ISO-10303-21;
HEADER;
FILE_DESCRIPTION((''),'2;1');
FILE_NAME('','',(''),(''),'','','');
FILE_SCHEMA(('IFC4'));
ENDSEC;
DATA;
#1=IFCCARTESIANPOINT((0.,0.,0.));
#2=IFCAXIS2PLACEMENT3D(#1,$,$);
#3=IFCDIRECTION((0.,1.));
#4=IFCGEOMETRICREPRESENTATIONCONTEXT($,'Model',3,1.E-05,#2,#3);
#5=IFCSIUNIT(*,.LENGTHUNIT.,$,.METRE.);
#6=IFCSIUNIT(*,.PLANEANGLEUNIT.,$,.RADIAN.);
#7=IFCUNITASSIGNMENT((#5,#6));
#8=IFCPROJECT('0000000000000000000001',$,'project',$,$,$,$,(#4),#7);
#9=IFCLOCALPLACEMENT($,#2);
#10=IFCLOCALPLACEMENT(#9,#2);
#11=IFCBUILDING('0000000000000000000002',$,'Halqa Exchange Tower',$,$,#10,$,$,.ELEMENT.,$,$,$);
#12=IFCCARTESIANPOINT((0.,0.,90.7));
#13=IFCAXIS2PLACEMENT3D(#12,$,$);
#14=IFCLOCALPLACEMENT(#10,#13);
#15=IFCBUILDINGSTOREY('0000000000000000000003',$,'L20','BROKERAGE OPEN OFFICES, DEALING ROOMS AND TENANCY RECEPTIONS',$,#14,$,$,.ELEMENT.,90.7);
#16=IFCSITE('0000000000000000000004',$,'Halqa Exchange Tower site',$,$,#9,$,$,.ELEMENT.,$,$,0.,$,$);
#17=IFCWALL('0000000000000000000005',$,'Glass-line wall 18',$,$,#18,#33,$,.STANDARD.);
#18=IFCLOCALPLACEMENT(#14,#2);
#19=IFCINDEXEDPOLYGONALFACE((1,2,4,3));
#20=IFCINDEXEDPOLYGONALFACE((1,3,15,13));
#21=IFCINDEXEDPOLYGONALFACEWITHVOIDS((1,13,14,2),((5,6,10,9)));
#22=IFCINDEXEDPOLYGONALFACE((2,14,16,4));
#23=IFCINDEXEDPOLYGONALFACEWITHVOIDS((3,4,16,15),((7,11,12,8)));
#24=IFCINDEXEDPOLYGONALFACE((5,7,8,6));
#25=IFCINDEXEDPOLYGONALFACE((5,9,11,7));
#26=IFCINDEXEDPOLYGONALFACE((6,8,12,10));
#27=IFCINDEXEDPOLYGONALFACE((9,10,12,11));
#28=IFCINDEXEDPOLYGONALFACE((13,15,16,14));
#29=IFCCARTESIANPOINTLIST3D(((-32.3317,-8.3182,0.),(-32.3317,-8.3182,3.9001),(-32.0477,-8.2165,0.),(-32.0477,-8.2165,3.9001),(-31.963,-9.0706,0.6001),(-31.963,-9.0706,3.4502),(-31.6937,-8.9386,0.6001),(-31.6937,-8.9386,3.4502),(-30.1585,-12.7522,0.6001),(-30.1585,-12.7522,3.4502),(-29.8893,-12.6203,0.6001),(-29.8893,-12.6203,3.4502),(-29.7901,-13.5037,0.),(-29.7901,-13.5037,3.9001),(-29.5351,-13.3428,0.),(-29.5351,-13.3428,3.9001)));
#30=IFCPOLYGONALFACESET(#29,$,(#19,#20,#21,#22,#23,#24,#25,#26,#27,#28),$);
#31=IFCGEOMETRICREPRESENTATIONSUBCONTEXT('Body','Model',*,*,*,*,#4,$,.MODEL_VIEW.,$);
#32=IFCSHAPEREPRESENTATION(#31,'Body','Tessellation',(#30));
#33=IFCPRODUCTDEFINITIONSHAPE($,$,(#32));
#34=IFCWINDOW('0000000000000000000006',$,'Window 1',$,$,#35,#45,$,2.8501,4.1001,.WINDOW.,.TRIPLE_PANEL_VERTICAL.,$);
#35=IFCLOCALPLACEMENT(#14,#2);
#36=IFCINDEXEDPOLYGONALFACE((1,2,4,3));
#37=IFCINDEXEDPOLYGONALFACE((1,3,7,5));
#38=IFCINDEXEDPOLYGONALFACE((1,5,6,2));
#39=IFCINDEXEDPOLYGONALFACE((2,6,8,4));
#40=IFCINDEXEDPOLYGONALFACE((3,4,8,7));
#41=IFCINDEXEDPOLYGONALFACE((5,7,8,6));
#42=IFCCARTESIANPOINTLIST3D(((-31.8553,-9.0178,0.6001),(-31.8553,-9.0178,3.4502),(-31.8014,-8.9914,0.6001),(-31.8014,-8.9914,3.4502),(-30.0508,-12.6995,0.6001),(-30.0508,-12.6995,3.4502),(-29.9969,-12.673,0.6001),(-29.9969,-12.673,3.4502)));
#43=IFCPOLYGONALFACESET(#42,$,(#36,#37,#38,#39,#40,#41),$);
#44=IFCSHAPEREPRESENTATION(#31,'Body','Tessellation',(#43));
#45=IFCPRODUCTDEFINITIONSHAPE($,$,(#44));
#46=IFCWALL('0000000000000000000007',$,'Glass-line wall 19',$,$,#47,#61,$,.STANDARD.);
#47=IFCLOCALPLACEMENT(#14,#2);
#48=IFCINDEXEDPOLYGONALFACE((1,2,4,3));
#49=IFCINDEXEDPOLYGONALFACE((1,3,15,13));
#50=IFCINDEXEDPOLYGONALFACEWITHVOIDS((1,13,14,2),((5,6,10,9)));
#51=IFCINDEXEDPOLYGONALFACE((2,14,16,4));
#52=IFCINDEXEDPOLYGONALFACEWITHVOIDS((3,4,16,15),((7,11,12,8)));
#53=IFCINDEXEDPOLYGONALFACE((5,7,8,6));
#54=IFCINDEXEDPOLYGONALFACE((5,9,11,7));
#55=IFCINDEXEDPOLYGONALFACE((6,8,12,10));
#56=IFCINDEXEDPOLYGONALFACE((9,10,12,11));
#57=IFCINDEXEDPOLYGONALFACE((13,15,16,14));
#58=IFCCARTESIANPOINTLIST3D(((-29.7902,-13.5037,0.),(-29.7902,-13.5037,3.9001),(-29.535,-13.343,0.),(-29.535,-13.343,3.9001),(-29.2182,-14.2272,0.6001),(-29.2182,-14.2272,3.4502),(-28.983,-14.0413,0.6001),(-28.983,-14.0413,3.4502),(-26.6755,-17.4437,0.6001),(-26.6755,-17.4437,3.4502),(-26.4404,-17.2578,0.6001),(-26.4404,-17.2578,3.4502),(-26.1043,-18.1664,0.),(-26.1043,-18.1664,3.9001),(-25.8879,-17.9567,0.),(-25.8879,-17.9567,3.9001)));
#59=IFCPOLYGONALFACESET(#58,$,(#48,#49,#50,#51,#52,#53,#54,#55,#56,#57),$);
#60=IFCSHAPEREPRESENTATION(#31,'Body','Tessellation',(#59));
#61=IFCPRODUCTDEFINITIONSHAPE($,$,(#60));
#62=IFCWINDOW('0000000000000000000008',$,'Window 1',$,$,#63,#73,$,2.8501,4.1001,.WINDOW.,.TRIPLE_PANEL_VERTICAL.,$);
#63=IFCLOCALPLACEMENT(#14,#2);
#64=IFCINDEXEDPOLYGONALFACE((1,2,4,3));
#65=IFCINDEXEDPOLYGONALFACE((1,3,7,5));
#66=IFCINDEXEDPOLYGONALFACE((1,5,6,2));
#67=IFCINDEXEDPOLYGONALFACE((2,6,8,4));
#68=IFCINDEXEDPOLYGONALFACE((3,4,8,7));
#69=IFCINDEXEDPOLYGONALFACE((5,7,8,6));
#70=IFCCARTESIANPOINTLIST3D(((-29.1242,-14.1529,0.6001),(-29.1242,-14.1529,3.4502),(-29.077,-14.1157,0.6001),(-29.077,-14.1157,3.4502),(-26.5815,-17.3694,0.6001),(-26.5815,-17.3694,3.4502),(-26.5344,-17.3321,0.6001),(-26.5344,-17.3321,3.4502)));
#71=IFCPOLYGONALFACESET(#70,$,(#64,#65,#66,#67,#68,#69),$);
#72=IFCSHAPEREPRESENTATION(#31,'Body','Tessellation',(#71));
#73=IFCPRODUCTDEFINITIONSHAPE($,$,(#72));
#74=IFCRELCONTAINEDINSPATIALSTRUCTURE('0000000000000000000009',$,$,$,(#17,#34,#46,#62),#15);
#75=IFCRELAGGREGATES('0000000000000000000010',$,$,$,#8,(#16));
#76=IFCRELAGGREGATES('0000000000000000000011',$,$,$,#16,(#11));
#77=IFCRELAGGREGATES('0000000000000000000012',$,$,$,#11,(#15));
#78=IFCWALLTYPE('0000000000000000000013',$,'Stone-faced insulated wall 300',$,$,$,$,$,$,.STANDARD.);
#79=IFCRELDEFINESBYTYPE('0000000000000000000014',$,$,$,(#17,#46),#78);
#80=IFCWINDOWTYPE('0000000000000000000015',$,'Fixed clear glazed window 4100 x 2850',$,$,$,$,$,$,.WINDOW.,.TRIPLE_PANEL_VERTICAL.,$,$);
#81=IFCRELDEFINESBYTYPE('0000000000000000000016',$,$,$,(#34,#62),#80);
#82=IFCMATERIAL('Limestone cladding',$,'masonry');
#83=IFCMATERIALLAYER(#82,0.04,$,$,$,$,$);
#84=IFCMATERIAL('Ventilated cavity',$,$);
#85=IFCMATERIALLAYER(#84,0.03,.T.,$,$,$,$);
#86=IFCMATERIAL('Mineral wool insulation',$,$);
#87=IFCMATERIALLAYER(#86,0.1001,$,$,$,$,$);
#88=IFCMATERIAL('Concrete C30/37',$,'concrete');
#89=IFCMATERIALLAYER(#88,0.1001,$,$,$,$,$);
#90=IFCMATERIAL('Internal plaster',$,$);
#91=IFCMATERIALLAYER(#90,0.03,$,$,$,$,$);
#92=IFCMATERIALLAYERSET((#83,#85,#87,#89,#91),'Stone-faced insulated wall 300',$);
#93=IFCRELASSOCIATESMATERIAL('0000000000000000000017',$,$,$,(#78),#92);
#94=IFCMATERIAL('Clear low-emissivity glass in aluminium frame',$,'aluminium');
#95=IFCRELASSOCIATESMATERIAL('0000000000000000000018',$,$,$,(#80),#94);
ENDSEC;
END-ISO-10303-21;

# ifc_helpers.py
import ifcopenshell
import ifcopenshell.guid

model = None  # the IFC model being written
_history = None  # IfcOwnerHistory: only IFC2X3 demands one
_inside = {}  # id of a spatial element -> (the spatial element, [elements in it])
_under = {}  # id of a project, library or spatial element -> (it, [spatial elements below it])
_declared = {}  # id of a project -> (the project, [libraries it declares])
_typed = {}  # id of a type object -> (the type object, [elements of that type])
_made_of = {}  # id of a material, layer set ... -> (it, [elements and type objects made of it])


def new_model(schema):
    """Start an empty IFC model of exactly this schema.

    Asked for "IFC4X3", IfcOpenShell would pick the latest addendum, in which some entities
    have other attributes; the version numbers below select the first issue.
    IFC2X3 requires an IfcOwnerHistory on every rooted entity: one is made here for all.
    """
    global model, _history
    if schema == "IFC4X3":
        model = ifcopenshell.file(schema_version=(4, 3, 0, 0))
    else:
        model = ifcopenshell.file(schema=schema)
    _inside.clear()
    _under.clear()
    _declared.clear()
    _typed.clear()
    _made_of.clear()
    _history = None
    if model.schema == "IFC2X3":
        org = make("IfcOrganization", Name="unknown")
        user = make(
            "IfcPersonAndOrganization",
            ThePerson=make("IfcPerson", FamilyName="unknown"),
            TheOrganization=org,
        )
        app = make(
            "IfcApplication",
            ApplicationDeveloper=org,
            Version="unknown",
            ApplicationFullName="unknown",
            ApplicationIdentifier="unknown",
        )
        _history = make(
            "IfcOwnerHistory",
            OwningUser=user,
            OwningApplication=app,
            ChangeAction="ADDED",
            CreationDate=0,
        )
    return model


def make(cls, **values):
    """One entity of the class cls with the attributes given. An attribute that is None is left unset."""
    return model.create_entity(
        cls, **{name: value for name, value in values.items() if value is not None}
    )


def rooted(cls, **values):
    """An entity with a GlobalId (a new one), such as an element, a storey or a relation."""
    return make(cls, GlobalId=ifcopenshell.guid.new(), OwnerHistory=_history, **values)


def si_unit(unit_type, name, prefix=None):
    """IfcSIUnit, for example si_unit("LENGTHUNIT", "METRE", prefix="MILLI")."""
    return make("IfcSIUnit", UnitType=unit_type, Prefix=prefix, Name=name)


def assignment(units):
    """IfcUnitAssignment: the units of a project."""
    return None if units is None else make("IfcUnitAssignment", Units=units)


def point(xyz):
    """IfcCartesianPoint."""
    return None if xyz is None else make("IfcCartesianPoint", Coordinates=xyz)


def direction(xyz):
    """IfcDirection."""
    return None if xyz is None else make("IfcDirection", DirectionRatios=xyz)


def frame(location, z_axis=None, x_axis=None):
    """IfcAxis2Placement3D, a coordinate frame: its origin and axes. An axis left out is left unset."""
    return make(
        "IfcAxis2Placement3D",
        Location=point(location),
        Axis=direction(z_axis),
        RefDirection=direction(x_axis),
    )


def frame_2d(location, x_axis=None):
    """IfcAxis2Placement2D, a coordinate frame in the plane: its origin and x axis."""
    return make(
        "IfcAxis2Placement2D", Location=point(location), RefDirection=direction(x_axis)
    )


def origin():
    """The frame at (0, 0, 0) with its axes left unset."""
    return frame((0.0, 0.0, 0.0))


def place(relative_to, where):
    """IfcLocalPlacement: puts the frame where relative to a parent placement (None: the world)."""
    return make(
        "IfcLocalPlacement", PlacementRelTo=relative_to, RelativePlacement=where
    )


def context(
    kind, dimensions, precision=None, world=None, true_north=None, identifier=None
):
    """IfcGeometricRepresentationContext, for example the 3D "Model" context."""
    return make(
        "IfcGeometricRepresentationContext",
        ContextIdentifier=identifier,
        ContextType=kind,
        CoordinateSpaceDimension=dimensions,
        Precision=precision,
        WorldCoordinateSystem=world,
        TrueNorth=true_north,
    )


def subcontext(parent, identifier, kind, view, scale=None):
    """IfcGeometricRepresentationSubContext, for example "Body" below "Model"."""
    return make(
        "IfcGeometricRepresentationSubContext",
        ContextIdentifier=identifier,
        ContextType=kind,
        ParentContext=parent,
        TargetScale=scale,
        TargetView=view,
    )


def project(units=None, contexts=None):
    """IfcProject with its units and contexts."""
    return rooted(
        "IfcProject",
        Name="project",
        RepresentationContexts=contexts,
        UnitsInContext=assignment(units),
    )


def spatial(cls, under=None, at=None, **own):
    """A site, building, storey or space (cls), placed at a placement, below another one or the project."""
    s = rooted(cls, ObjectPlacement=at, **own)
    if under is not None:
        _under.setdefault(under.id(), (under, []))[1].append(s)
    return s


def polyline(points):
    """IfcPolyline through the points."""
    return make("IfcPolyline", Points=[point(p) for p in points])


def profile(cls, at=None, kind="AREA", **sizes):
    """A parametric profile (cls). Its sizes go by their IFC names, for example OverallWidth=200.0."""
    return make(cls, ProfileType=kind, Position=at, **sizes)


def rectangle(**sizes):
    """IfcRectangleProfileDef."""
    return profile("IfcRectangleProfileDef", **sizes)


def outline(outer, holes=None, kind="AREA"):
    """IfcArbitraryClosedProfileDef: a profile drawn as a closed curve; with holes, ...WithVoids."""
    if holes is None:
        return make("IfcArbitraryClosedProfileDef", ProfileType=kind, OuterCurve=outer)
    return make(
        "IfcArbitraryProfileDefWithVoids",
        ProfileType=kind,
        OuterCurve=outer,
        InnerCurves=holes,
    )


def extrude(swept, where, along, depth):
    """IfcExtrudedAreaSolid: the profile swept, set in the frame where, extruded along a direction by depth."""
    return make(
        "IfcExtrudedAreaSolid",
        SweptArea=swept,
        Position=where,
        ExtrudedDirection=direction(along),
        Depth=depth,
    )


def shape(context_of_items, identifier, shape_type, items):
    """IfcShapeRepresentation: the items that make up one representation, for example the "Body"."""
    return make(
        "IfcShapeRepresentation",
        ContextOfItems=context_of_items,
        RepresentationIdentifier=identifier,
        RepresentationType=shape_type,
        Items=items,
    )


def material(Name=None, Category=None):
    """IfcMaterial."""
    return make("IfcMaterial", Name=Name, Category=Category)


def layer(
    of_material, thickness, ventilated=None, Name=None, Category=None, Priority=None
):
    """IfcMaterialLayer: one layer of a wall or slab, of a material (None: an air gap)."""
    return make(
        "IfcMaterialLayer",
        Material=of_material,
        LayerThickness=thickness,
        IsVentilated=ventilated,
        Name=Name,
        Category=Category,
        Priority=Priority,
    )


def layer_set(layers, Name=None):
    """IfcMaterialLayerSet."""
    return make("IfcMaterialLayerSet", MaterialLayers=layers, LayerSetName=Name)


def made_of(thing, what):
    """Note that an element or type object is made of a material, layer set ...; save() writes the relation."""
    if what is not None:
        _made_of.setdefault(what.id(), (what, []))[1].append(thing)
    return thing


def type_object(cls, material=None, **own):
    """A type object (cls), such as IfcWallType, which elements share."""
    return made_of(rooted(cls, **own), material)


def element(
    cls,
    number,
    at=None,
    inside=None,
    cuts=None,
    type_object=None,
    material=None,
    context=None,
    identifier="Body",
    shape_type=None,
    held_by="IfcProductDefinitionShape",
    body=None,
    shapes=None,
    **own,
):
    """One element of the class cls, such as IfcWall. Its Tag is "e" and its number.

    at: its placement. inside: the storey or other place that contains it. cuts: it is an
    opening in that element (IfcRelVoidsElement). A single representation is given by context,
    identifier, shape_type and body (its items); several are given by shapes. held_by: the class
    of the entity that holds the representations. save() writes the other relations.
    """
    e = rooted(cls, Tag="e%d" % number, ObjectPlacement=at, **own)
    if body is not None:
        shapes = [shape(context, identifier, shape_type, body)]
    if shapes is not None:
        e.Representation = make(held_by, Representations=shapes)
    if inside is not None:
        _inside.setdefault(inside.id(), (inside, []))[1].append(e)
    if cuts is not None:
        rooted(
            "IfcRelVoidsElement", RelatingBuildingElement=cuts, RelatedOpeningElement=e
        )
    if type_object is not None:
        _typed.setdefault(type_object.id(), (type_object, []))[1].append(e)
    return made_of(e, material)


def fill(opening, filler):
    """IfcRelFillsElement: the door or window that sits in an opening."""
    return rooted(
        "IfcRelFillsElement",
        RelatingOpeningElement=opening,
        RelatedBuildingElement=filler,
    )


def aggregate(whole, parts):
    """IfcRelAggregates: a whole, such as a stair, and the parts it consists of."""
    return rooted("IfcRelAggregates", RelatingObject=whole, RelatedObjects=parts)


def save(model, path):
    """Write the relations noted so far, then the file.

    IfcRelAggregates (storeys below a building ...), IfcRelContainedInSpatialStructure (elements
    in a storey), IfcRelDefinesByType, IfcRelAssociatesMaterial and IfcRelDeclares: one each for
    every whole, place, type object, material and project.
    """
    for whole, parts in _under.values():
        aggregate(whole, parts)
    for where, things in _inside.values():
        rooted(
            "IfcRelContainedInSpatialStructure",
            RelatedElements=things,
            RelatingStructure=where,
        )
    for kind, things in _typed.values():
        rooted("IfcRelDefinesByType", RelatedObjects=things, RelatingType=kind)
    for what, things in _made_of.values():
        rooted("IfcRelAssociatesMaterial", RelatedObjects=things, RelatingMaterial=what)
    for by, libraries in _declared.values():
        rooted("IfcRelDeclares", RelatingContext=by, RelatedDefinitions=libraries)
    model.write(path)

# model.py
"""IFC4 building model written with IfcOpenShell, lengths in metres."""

from ifc_helpers import new_model, si_unit, direction, frame, frame_2d, origin, place, context, subcontext, project, spatial, polyline, rectangle, outline, extrude, material, layer, layer_set, type_object, element, fill, save


model = new_model("IFC4")

# Units and contexts
model_context = context("Model", 3, precision=1e-05, world=origin(), true_north=direction((0.0, 1.0)))
body_context = subcontext(model_context, "Body", "Model", "MODEL_VIEW")
ifc_project = project(units=[si_unit("LENGTHUNIT", "METRE"), si_unit("PLANEANGLEUNIT", "RADIAN")], contexts=[model_context])

# Site, building, storey
site_placement = place(None, origin())
site = spatial("IfcSite", under=ifc_project, at=site_placement, Name="Halqa Exchange Tower site", CompositionType="ELEMENT", RefElevation=0.0)
building_placement = place(site_placement, origin())
building = spatial("IfcBuilding", under=site, at=building_placement, Name="Halqa Exchange Tower", CompositionType="ELEMENT")
storey_placement = place(building_placement, frame((0.0, 0.0, 90.7)))
storey = spatial("IfcBuildingStorey", under=building, at=storey_placement, Name="L20", Description="BROKERAGE OPEN OFFICES, DEALING ROOMS AND TENANCY RECEPTIONS", CompositionType="ELEMENT", Elevation=90.7)

# Walls, openings, windows
ifc_material_1 = material(Name="Limestone cladding", Category="masonry")
ifc_layer_1 = layer(ifc_material_1, 0.04)
ifc_material_2 = material(Name="Ventilated cavity")
ifc_layer_2 = layer(ifc_material_2, 0.03, ventilated=True)
ifc_material_3 = material(Name="Mineral wool insulation")
ifc_layer_3 = layer(ifc_material_3, 0.1001)
ifc_material_4 = material(Name="Concrete C30/37", Category="concrete")
ifc_layer_4 = layer(ifc_material_4, 0.1001)
ifc_material_5 = material(Name="Internal plaster")
ifc_layer_5 = layer(ifc_material_5, 0.03)
ifc_layer_set_1 = layer_set([ifc_layer_1, ifc_layer_2, ifc_layer_3, ifc_layer_4, ifc_layer_5], Name="Stone-faced insulated wall 300")
wall_type_1 = type_object("IfcWallType", Name="Stone-faced insulated wall 300", PredefinedType="STANDARD", material=ifc_layer_set_1)
ifc_material_6 = material(Name="Clear low-emissivity glass in aluminium frame", Category="aluminium")
window_type = type_object("IfcWindowType", Name="Fixed clear glazed window 4100 x 2850", PartitioningType="TRIPLE_PANEL_VERTICAL", PredefinedType="WINDOW", material=ifc_material_6)
wall_1_placement = place(storey_placement, frame((-32.1897, -8.2673, 0.0), z_axis=(0.0, 0.0, 1.0), x_axis=(0.440107, -0.897945, 0.0)))
wall_1 = element("IfcWall", 1, at=wall_1_placement, inside=storey, type_object=wall_type_1, Name="Glass-line wall 18", PredefinedType="STANDARD", context=body_context, shape_type="SweptSolid", body=[
    extrude(outline(polyline([(-0.0168, -0.1499), (5.7581, -0.1499), (5.7258, 0.1499), (0.0168, 0.1499), (-0.0168, -0.1499)])), origin(), (0.0, 0.0, 1.0), 3.9001),
])
opening_1_placement = place(wall_1_placement, frame((0.821, 0.0, 0.6001)))
opening_1 = element("IfcOpeningElement", 2, at=opening_1_placement, cuts=wall_1, PredefinedType="OPENING", context=body_context, shape_type="SweptSolid", body=[
    extrude(rectangle(XDim=4.1001, YDim=2.8501, at=frame_2d((2.05, 1.425))), frame((0.0, 0.1621, 0.0), z_axis=(0.0, -1.0, 0.0), x_axis=(1.0, 0.0, 0.0)), (0.0, 0.0, 1.0), 0.324),
])
window_1_placement = place(opening_1_placement, origin())
window_1 = element("IfcWindow", 3, at=window_1_placement, inside=storey, type_object=window_type, Name="Window 1", OverallHeight=2.8501, OverallWidth=4.1001, PartitioningType="TRIPLE_PANEL_VERTICAL", PredefinedType="WINDOW", context=body_context, shape_type="SweptSolid", body=[
    extrude(rectangle(XDim=4.1001, YDim=2.8501, at=frame_2d((2.05, 1.425))), frame((0.0, 0.03, 0.0), z_axis=(0.0, -1.0, 0.0), x_axis=(1.0, 0.0, 0.0)), (0.0, 0.0, 1.0), 0.0601),
])
fill(opening_1, window_1)
wall_2_placement = place(storey_placement, frame((-29.6626, -13.4233, 0.0), z_axis=(0.0, 0.0, 1.0), x_axis=(0.620142, -0.784489, 0.0)))
wall_2 = element("IfcWall", 4, at=wall_2_placement, inside=storey, type_object=wall_type_1, Name="Glass-line wall 19", PredefinedType="STANDARD", context=body_context, shape_type="SweptSolid", body=[
    extrude(outline(polyline([(-0.0161, -0.1499), (5.9275, -0.1499), (5.8972, 0.1499), (0.0161, 0.1499), (-0.0161, -0.1499)])), origin(), (0.0, 0.0, 1.0), 3.9001),
])
opening_2_placement = place(wall_2_placement, frame((0.9062, 0.0, 0.6001)))
opening_2 = element("IfcOpeningElement", 5, at=opening_2_placement, cuts=wall_2, PredefinedType="OPENING", context=body_context, shape_type="SweptSolid", body=[
    extrude(rectangle(XDim=4.1001, YDim=2.8501, at=frame_2d((2.05, 1.425))), frame((0.0, 0.1621, 0.0), z_axis=(0.0, -1.0, 0.0), x_axis=(1.0, 0.0, 0.0)), (0.0, 0.0, 1.0), 0.324),
])
window_2_placement = place(opening_2_placement, origin())
window_2 = element("IfcWindow", 6, at=window_2_placement, inside=storey, type_object=window_type, Name="Window 1", OverallHeight=2.8501, OverallWidth=4.1001, PartitioningType="TRIPLE_PANEL_VERTICAL", PredefinedType="WINDOW", context=body_context, shape_type="SweptSolid", body=[
    extrude(rectangle(XDim=4.1001, YDim=2.8501, at=frame_2d((2.05, 1.425))), frame((0.0, 0.03, 0.0), z_axis=(0.0, -1.0, 0.0), x_axis=(1.0, 0.0, 0.0)), (0.0, 0.0, 1.0), 0.0601),
])
fill(opening_2, window_2)

save(model, "model.ifc")
